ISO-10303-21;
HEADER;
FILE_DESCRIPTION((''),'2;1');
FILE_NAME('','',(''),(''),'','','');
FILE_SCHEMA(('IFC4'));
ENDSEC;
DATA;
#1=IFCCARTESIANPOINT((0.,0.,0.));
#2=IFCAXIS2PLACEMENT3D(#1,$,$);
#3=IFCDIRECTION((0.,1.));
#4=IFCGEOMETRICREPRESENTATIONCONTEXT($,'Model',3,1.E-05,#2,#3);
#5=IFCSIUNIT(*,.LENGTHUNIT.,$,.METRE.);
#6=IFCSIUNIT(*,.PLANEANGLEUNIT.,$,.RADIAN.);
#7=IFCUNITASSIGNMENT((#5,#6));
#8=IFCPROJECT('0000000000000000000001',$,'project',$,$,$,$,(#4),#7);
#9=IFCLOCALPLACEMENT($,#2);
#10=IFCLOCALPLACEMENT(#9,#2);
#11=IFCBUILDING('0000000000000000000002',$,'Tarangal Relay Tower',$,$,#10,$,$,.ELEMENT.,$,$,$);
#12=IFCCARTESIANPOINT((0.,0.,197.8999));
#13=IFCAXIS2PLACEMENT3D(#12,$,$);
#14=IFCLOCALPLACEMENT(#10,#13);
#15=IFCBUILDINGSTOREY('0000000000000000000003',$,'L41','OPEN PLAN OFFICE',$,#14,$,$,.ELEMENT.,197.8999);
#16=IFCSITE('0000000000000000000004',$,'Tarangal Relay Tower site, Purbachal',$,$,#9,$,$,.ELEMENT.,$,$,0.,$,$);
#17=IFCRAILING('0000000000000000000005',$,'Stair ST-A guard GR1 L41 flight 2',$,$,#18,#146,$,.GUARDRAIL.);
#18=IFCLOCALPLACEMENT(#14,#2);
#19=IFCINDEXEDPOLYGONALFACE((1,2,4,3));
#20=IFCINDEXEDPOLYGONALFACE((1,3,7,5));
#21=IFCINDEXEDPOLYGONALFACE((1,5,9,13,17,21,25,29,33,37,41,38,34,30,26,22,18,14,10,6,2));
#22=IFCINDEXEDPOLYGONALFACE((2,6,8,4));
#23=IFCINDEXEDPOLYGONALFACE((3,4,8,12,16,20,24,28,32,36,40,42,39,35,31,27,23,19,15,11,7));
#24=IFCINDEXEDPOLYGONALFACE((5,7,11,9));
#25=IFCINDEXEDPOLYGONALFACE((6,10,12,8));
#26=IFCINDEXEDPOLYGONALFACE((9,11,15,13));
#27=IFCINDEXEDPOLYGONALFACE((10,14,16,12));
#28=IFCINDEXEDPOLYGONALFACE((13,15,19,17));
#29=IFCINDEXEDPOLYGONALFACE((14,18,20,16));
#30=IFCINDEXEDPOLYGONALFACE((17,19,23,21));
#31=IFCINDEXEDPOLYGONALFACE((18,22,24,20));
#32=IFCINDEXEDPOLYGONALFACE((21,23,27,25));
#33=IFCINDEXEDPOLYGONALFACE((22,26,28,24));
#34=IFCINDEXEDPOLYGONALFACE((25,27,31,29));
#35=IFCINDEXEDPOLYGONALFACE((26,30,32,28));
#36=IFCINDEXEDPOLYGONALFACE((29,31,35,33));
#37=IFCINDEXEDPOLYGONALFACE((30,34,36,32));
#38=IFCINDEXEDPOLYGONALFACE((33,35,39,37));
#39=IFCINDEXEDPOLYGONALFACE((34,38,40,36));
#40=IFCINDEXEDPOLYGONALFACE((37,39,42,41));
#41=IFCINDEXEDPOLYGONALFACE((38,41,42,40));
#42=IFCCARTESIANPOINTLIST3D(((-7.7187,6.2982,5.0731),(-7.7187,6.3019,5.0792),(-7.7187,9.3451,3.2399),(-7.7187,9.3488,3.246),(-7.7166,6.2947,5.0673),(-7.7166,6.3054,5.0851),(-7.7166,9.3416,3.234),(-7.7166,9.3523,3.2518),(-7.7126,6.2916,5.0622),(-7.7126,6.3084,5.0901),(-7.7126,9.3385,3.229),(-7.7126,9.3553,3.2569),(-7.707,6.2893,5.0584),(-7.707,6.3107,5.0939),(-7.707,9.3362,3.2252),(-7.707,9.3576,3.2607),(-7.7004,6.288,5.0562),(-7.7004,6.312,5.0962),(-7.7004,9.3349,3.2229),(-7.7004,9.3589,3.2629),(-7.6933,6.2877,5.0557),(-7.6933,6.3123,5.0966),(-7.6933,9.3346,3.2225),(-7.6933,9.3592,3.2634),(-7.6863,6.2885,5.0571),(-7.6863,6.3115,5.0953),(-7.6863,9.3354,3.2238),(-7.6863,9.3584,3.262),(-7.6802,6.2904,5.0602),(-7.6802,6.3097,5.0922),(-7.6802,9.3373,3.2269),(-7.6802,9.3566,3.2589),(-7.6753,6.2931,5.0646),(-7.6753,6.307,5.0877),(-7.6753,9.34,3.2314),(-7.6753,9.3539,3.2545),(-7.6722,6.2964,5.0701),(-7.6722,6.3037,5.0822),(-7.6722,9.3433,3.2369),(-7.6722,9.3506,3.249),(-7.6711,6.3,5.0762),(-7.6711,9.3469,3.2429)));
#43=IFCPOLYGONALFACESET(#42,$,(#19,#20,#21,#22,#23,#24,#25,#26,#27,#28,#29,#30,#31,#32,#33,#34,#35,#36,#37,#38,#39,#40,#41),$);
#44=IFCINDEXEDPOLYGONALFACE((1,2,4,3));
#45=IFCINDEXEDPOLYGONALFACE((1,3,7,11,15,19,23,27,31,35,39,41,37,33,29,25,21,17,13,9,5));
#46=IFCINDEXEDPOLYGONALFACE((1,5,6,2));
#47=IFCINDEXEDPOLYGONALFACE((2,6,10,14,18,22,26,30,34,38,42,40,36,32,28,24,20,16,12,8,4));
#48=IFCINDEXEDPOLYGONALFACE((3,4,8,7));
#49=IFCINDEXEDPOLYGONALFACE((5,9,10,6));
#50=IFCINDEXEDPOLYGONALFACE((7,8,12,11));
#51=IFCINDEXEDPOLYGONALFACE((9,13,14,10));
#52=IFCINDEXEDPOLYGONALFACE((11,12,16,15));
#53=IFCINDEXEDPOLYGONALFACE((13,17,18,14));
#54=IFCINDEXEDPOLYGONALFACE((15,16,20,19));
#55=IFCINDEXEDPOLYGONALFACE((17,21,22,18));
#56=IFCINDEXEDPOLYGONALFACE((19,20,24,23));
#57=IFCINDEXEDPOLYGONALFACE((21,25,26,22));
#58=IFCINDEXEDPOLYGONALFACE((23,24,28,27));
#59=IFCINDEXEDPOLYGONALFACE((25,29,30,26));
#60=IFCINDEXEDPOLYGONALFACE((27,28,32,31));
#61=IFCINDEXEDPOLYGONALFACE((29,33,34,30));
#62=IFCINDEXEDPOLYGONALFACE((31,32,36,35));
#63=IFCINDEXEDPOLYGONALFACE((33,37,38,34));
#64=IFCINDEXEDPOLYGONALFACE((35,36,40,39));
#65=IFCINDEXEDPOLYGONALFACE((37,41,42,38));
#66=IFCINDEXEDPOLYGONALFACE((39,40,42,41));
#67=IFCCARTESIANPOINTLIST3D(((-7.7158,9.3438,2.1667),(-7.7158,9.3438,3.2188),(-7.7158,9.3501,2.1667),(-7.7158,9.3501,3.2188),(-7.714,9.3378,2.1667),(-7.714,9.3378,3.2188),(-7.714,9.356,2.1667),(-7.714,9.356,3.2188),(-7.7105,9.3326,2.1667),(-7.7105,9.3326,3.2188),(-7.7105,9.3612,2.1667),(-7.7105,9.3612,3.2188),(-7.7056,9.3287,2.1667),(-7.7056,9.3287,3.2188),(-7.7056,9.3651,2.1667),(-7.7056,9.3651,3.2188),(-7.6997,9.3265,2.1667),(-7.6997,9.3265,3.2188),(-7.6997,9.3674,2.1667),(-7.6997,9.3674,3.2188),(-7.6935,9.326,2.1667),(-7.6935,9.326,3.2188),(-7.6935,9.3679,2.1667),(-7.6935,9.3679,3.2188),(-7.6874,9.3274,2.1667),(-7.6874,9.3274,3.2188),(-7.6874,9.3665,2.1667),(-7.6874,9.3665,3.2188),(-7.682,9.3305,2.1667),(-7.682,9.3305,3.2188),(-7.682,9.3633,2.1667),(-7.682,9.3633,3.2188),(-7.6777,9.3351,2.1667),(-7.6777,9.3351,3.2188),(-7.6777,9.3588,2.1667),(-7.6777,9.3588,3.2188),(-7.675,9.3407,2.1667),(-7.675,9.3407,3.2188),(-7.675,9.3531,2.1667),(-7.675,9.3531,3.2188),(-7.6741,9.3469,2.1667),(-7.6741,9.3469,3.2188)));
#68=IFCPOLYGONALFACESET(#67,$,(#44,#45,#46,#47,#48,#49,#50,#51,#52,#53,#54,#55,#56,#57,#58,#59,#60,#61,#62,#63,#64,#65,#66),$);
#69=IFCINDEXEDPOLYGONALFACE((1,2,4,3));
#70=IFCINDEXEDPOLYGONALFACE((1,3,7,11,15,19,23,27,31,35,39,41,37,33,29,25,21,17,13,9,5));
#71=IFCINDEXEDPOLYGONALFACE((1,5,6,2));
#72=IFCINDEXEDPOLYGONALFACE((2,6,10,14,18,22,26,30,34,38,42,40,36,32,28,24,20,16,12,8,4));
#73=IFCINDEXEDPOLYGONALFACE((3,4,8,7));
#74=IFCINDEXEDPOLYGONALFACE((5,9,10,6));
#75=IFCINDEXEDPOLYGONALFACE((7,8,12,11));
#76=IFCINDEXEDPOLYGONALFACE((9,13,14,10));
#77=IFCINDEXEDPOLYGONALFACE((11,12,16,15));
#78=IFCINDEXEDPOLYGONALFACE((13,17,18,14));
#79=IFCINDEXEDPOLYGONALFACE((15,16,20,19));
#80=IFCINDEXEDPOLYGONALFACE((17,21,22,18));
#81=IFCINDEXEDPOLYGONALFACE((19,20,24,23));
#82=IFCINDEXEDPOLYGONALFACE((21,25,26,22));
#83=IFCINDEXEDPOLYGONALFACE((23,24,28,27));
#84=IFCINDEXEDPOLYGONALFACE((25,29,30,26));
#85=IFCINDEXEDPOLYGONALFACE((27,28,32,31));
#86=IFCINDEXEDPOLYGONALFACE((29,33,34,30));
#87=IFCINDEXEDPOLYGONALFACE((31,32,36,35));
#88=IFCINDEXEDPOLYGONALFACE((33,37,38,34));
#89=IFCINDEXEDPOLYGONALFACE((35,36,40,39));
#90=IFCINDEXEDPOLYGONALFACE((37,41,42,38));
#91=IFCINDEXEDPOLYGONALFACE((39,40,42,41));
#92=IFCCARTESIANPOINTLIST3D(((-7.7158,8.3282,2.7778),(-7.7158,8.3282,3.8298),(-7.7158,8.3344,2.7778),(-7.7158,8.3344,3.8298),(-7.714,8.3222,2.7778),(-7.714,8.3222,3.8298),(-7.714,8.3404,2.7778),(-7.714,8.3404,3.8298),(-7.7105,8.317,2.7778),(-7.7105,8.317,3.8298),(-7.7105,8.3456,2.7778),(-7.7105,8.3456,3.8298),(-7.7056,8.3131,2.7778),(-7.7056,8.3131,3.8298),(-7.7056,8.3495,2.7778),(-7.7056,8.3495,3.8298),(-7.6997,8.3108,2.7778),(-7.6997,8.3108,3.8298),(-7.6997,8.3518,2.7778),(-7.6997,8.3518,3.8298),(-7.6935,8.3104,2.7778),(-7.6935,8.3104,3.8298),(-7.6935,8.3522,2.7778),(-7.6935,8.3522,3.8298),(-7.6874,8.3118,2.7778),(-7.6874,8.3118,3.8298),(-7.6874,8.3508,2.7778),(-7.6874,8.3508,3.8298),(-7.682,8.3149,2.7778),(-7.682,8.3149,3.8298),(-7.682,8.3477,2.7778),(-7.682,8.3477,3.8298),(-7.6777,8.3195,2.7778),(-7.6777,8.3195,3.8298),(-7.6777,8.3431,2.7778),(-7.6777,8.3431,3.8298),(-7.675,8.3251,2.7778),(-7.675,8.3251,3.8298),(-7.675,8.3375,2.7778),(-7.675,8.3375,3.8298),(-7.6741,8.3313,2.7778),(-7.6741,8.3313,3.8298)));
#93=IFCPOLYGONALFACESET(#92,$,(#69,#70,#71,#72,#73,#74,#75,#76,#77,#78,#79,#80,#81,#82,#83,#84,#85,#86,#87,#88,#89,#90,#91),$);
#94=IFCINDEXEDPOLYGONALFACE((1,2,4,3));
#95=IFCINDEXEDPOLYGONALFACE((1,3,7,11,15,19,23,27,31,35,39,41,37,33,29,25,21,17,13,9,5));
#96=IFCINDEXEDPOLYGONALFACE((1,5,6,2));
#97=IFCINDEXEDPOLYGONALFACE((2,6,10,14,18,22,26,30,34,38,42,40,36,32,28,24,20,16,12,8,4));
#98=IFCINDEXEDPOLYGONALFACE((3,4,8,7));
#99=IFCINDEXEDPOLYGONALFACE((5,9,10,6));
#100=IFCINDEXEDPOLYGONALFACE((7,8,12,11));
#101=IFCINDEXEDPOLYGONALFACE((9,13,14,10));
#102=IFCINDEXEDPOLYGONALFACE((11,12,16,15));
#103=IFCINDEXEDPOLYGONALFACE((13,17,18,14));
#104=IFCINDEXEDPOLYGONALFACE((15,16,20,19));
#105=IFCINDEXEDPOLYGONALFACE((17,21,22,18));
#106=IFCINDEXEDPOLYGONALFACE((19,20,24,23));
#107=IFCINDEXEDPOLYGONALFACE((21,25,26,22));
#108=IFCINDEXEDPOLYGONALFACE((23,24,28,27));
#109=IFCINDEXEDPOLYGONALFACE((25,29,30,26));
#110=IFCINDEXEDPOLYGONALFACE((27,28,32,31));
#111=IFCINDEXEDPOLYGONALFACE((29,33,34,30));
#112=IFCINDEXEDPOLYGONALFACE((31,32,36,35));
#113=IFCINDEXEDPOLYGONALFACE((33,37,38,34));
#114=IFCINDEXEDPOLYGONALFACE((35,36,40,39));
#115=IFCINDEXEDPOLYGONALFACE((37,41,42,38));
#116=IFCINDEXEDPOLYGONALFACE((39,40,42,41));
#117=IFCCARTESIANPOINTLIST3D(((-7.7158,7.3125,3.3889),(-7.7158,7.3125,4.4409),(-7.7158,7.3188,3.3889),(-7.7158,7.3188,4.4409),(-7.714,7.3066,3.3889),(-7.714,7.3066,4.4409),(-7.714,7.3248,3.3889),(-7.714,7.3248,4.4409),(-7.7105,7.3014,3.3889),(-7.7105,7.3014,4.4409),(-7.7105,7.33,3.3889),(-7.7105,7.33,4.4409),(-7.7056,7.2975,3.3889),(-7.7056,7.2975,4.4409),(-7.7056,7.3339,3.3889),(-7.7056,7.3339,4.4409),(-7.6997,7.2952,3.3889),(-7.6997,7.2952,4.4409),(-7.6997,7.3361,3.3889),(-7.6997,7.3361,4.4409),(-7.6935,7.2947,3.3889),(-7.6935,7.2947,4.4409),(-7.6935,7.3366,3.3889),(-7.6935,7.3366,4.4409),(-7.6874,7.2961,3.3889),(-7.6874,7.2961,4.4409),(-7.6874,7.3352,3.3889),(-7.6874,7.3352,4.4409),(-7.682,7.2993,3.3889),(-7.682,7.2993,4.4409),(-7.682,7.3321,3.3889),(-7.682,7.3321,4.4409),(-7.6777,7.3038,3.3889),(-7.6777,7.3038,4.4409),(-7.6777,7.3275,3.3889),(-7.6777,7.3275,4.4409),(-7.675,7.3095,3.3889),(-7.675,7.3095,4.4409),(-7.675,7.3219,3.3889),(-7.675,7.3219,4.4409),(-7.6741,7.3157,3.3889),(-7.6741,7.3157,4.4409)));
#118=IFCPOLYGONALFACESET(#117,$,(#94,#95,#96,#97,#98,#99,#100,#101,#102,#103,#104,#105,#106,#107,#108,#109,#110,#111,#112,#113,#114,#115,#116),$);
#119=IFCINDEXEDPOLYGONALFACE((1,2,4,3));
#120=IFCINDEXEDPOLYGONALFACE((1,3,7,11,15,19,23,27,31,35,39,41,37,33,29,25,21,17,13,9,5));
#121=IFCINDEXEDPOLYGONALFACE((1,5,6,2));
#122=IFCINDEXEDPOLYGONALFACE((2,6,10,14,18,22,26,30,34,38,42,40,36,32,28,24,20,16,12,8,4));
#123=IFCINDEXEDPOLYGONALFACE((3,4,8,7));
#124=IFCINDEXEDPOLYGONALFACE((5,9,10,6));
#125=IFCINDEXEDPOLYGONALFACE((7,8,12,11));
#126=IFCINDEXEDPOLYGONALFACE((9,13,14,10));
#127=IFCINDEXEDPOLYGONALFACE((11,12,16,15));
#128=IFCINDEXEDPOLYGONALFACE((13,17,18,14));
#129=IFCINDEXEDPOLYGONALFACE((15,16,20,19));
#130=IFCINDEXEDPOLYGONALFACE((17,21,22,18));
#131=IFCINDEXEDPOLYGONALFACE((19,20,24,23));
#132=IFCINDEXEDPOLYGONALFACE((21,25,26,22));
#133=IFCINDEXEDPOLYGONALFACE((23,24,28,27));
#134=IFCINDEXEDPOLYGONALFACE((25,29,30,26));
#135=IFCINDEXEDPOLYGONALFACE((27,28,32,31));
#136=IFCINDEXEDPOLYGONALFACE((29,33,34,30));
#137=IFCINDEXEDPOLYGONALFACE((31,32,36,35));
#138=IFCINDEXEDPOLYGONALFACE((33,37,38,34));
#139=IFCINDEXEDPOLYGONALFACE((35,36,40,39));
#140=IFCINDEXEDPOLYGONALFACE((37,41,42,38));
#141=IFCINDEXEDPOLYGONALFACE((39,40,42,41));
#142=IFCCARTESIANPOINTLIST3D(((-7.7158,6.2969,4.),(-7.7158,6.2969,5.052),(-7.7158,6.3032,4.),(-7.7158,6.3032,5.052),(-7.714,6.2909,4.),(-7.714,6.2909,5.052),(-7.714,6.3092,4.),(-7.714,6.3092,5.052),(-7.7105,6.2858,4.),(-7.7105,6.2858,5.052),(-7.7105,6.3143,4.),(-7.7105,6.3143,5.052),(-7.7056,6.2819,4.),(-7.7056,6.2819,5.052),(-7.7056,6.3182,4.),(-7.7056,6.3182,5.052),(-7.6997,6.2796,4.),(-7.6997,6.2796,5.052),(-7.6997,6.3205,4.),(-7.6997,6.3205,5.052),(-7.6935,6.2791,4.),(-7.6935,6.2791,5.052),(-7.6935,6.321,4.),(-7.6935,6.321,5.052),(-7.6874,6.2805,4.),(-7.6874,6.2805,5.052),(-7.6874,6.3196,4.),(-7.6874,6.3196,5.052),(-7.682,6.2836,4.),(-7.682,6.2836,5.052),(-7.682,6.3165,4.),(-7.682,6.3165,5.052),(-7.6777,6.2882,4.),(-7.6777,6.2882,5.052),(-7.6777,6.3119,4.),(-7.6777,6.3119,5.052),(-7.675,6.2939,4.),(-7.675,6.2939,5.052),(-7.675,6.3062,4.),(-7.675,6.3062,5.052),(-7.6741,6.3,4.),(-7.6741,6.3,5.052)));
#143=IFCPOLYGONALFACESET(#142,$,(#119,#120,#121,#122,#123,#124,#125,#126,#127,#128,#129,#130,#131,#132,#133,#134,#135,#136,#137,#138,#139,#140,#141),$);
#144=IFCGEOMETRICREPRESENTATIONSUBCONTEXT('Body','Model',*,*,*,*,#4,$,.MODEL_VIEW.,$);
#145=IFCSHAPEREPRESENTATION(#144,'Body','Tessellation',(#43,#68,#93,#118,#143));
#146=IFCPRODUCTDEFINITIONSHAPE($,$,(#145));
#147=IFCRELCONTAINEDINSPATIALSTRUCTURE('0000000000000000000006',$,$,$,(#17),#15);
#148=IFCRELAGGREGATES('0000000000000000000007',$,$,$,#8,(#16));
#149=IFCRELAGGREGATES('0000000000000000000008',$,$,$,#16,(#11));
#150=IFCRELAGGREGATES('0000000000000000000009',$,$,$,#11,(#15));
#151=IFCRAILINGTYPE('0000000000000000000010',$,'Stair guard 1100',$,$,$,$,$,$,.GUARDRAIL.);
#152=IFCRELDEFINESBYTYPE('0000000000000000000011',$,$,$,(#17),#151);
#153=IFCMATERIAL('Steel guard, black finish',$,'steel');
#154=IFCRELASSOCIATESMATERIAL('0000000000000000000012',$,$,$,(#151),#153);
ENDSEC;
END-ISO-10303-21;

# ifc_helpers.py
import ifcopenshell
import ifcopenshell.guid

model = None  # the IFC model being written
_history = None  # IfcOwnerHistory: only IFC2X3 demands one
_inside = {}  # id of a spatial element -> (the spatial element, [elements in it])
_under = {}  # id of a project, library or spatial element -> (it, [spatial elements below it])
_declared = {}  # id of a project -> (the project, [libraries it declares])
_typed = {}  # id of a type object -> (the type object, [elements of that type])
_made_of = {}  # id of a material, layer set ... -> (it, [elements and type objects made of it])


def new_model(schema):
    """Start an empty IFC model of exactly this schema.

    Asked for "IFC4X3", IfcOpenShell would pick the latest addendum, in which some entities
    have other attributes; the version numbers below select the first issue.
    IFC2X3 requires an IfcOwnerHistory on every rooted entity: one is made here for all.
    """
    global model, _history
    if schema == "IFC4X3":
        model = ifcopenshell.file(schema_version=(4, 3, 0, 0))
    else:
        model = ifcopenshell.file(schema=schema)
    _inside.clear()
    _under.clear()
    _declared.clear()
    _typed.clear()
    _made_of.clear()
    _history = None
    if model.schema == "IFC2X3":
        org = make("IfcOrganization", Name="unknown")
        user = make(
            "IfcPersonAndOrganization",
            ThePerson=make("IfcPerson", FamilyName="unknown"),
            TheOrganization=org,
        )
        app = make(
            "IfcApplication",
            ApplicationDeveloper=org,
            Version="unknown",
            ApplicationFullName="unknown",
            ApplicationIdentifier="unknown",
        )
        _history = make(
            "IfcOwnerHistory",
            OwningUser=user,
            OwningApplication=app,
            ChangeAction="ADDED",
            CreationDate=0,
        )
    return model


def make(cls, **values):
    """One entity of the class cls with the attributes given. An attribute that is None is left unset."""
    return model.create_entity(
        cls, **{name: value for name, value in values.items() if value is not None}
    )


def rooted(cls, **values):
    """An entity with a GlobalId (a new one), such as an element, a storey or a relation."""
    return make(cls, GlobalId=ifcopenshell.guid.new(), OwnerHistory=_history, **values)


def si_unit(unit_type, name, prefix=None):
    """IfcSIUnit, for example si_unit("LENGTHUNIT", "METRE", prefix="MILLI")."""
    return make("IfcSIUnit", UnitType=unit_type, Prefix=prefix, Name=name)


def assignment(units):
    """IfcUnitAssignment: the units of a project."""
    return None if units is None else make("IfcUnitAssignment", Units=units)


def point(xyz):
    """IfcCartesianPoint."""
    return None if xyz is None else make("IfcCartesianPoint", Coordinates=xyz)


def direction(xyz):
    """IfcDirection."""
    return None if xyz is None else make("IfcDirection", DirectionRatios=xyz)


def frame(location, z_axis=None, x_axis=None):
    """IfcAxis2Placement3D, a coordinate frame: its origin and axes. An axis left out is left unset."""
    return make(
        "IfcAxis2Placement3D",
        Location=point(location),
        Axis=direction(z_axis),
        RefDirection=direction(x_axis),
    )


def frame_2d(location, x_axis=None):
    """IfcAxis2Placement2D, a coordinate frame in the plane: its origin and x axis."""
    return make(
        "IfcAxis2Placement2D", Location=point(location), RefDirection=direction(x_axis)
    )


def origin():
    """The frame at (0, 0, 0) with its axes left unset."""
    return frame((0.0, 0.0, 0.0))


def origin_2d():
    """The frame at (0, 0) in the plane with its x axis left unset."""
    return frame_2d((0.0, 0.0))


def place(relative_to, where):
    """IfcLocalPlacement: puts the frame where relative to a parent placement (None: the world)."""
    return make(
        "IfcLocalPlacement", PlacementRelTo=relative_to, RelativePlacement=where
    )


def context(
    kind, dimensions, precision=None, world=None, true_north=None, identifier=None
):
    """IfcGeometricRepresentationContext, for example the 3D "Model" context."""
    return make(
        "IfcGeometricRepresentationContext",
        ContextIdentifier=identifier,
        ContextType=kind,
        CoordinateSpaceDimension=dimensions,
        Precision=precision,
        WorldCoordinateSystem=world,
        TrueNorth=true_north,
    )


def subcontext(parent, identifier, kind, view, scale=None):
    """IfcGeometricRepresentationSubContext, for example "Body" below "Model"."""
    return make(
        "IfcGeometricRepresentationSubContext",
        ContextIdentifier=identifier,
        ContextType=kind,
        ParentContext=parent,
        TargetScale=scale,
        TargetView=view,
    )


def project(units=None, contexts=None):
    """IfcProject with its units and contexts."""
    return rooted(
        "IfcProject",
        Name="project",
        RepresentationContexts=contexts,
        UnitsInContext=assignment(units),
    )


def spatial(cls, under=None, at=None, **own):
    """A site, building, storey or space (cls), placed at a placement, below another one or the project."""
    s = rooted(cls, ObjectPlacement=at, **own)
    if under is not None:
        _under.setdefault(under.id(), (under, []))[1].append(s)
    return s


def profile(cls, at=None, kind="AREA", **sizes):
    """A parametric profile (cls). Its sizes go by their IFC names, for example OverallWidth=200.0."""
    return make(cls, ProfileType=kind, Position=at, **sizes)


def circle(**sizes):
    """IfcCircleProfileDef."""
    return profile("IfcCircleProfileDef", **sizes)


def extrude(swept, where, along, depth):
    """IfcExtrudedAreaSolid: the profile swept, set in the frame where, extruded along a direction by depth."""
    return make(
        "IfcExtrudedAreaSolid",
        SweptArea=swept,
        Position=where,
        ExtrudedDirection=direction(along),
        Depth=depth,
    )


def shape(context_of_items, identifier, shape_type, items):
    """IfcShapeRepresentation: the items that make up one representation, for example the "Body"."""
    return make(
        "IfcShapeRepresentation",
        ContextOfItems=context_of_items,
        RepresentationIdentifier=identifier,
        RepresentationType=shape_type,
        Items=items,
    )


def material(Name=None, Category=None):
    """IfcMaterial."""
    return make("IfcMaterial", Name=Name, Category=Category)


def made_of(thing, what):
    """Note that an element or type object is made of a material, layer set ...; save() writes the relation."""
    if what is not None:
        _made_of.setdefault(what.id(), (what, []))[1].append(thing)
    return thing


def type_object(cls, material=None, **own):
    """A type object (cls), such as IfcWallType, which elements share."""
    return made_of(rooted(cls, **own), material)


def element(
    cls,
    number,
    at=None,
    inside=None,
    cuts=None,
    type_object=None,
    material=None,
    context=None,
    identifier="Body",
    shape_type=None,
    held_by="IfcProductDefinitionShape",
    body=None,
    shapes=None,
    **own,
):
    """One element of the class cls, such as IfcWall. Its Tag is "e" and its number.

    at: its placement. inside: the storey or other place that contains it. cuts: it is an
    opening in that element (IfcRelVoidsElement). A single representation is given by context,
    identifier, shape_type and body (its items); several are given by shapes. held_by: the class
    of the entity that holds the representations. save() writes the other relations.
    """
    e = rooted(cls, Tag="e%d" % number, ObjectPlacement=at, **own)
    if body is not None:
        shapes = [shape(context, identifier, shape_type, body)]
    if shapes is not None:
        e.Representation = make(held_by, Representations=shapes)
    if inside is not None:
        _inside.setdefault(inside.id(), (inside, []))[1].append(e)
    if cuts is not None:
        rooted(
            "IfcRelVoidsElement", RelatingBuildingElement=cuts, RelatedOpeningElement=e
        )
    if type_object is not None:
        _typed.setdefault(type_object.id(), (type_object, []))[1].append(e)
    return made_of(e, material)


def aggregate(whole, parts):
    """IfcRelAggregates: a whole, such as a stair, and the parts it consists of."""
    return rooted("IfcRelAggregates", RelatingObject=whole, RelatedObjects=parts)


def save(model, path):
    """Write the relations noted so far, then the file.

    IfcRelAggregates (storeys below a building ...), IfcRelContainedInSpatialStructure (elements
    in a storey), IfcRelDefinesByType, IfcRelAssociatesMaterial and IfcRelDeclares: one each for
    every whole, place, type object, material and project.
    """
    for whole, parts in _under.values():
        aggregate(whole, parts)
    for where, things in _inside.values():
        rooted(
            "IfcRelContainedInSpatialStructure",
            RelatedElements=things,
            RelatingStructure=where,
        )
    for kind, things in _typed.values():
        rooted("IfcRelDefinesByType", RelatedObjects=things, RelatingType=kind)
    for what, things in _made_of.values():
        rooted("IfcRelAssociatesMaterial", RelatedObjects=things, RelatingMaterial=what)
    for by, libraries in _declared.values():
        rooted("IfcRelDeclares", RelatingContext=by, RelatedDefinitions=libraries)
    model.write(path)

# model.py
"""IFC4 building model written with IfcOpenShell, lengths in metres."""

from ifc_helpers import new_model, si_unit, direction, frame, origin, origin_2d, place, context, subcontext, project, spatial, circle, extrude, material, type_object, element, save


model = new_model("IFC4")

# Units and contexts
model_context = context("Model", 3, precision=1e-05, world=origin(), true_north=direction((0.0, 1.0)))
body_context = subcontext(model_context, "Body", "Model", "MODEL_VIEW")
ifc_project = project(units=[si_unit("LENGTHUNIT", "METRE"), si_unit("PLANEANGLEUNIT", "RADIAN")], contexts=[model_context])

# Site, building, storey
site_placement = place(None, origin())
site = spatial("IfcSite", under=ifc_project, at=site_placement, Name="Tarangal Relay Tower site, Purbachal", CompositionType="ELEMENT", RefElevation=0.0)
building_placement = place(site_placement, origin())
building = spatial("IfcBuilding", under=site, at=building_placement, Name="Tarangal Relay Tower", CompositionType="ELEMENT")
storey_placement = place(building_placement, frame((0.0, 0.0, 197.8999)))
storey = spatial("IfcBuildingStorey", under=building, at=storey_placement, Name="L41", Description="OPEN PLAN OFFICE", CompositionType="ELEMENT", Elevation=197.8999)

# Railing
ifc_material_1 = material(Name="Steel guard, black finish", Category="steel")
railing_type_1 = type_object("IfcRailingType", Name="Stair guard 1100", PredefinedType="GUARDRAIL", material=ifc_material_1)
railing_1_placement = place(storey_placement, frame((-7.6951, 9.3469, 2.1667)))
element("IfcRailing", 1, at=railing_1_placement, inside=storey, type_object=railing_type_1, Name="Stair ST-A guard GR1 L41 flight 2", PredefinedType="GUARDRAIL", context=body_context, shape_type="SweptSolid", body=[
    extrude(circle(Radius=0.0239, at=origin_2d()), frame((0.0, 0.0, 1.0762), z_axis=(0.0, -0.856856, 0.515556), x_axis=(1.0, 0.0, 0.0)), (0.0, 0.0, 1.0), 3.5559),
    extrude(circle(Radius=0.021, at=origin_2d()), origin(), (0.0, 0.0, 1.0), 1.052),
    extrude(circle(Radius=0.021, at=origin_2d()), frame((0.0, -1.0156, 0.6111)), (0.0, 0.0, 1.0), 1.052),
    extrude(circle(Radius=0.021, at=origin_2d()), frame((0.0, -2.0312, 1.2222)), (0.0, 0.0, 1.0), 1.052),
    extrude(circle(Radius=0.021, at=origin_2d()), frame((0.0, -3.0469, 1.8333)), (0.0, 0.0, 1.0), 1.052),
])

save(model, "model.ifc")
